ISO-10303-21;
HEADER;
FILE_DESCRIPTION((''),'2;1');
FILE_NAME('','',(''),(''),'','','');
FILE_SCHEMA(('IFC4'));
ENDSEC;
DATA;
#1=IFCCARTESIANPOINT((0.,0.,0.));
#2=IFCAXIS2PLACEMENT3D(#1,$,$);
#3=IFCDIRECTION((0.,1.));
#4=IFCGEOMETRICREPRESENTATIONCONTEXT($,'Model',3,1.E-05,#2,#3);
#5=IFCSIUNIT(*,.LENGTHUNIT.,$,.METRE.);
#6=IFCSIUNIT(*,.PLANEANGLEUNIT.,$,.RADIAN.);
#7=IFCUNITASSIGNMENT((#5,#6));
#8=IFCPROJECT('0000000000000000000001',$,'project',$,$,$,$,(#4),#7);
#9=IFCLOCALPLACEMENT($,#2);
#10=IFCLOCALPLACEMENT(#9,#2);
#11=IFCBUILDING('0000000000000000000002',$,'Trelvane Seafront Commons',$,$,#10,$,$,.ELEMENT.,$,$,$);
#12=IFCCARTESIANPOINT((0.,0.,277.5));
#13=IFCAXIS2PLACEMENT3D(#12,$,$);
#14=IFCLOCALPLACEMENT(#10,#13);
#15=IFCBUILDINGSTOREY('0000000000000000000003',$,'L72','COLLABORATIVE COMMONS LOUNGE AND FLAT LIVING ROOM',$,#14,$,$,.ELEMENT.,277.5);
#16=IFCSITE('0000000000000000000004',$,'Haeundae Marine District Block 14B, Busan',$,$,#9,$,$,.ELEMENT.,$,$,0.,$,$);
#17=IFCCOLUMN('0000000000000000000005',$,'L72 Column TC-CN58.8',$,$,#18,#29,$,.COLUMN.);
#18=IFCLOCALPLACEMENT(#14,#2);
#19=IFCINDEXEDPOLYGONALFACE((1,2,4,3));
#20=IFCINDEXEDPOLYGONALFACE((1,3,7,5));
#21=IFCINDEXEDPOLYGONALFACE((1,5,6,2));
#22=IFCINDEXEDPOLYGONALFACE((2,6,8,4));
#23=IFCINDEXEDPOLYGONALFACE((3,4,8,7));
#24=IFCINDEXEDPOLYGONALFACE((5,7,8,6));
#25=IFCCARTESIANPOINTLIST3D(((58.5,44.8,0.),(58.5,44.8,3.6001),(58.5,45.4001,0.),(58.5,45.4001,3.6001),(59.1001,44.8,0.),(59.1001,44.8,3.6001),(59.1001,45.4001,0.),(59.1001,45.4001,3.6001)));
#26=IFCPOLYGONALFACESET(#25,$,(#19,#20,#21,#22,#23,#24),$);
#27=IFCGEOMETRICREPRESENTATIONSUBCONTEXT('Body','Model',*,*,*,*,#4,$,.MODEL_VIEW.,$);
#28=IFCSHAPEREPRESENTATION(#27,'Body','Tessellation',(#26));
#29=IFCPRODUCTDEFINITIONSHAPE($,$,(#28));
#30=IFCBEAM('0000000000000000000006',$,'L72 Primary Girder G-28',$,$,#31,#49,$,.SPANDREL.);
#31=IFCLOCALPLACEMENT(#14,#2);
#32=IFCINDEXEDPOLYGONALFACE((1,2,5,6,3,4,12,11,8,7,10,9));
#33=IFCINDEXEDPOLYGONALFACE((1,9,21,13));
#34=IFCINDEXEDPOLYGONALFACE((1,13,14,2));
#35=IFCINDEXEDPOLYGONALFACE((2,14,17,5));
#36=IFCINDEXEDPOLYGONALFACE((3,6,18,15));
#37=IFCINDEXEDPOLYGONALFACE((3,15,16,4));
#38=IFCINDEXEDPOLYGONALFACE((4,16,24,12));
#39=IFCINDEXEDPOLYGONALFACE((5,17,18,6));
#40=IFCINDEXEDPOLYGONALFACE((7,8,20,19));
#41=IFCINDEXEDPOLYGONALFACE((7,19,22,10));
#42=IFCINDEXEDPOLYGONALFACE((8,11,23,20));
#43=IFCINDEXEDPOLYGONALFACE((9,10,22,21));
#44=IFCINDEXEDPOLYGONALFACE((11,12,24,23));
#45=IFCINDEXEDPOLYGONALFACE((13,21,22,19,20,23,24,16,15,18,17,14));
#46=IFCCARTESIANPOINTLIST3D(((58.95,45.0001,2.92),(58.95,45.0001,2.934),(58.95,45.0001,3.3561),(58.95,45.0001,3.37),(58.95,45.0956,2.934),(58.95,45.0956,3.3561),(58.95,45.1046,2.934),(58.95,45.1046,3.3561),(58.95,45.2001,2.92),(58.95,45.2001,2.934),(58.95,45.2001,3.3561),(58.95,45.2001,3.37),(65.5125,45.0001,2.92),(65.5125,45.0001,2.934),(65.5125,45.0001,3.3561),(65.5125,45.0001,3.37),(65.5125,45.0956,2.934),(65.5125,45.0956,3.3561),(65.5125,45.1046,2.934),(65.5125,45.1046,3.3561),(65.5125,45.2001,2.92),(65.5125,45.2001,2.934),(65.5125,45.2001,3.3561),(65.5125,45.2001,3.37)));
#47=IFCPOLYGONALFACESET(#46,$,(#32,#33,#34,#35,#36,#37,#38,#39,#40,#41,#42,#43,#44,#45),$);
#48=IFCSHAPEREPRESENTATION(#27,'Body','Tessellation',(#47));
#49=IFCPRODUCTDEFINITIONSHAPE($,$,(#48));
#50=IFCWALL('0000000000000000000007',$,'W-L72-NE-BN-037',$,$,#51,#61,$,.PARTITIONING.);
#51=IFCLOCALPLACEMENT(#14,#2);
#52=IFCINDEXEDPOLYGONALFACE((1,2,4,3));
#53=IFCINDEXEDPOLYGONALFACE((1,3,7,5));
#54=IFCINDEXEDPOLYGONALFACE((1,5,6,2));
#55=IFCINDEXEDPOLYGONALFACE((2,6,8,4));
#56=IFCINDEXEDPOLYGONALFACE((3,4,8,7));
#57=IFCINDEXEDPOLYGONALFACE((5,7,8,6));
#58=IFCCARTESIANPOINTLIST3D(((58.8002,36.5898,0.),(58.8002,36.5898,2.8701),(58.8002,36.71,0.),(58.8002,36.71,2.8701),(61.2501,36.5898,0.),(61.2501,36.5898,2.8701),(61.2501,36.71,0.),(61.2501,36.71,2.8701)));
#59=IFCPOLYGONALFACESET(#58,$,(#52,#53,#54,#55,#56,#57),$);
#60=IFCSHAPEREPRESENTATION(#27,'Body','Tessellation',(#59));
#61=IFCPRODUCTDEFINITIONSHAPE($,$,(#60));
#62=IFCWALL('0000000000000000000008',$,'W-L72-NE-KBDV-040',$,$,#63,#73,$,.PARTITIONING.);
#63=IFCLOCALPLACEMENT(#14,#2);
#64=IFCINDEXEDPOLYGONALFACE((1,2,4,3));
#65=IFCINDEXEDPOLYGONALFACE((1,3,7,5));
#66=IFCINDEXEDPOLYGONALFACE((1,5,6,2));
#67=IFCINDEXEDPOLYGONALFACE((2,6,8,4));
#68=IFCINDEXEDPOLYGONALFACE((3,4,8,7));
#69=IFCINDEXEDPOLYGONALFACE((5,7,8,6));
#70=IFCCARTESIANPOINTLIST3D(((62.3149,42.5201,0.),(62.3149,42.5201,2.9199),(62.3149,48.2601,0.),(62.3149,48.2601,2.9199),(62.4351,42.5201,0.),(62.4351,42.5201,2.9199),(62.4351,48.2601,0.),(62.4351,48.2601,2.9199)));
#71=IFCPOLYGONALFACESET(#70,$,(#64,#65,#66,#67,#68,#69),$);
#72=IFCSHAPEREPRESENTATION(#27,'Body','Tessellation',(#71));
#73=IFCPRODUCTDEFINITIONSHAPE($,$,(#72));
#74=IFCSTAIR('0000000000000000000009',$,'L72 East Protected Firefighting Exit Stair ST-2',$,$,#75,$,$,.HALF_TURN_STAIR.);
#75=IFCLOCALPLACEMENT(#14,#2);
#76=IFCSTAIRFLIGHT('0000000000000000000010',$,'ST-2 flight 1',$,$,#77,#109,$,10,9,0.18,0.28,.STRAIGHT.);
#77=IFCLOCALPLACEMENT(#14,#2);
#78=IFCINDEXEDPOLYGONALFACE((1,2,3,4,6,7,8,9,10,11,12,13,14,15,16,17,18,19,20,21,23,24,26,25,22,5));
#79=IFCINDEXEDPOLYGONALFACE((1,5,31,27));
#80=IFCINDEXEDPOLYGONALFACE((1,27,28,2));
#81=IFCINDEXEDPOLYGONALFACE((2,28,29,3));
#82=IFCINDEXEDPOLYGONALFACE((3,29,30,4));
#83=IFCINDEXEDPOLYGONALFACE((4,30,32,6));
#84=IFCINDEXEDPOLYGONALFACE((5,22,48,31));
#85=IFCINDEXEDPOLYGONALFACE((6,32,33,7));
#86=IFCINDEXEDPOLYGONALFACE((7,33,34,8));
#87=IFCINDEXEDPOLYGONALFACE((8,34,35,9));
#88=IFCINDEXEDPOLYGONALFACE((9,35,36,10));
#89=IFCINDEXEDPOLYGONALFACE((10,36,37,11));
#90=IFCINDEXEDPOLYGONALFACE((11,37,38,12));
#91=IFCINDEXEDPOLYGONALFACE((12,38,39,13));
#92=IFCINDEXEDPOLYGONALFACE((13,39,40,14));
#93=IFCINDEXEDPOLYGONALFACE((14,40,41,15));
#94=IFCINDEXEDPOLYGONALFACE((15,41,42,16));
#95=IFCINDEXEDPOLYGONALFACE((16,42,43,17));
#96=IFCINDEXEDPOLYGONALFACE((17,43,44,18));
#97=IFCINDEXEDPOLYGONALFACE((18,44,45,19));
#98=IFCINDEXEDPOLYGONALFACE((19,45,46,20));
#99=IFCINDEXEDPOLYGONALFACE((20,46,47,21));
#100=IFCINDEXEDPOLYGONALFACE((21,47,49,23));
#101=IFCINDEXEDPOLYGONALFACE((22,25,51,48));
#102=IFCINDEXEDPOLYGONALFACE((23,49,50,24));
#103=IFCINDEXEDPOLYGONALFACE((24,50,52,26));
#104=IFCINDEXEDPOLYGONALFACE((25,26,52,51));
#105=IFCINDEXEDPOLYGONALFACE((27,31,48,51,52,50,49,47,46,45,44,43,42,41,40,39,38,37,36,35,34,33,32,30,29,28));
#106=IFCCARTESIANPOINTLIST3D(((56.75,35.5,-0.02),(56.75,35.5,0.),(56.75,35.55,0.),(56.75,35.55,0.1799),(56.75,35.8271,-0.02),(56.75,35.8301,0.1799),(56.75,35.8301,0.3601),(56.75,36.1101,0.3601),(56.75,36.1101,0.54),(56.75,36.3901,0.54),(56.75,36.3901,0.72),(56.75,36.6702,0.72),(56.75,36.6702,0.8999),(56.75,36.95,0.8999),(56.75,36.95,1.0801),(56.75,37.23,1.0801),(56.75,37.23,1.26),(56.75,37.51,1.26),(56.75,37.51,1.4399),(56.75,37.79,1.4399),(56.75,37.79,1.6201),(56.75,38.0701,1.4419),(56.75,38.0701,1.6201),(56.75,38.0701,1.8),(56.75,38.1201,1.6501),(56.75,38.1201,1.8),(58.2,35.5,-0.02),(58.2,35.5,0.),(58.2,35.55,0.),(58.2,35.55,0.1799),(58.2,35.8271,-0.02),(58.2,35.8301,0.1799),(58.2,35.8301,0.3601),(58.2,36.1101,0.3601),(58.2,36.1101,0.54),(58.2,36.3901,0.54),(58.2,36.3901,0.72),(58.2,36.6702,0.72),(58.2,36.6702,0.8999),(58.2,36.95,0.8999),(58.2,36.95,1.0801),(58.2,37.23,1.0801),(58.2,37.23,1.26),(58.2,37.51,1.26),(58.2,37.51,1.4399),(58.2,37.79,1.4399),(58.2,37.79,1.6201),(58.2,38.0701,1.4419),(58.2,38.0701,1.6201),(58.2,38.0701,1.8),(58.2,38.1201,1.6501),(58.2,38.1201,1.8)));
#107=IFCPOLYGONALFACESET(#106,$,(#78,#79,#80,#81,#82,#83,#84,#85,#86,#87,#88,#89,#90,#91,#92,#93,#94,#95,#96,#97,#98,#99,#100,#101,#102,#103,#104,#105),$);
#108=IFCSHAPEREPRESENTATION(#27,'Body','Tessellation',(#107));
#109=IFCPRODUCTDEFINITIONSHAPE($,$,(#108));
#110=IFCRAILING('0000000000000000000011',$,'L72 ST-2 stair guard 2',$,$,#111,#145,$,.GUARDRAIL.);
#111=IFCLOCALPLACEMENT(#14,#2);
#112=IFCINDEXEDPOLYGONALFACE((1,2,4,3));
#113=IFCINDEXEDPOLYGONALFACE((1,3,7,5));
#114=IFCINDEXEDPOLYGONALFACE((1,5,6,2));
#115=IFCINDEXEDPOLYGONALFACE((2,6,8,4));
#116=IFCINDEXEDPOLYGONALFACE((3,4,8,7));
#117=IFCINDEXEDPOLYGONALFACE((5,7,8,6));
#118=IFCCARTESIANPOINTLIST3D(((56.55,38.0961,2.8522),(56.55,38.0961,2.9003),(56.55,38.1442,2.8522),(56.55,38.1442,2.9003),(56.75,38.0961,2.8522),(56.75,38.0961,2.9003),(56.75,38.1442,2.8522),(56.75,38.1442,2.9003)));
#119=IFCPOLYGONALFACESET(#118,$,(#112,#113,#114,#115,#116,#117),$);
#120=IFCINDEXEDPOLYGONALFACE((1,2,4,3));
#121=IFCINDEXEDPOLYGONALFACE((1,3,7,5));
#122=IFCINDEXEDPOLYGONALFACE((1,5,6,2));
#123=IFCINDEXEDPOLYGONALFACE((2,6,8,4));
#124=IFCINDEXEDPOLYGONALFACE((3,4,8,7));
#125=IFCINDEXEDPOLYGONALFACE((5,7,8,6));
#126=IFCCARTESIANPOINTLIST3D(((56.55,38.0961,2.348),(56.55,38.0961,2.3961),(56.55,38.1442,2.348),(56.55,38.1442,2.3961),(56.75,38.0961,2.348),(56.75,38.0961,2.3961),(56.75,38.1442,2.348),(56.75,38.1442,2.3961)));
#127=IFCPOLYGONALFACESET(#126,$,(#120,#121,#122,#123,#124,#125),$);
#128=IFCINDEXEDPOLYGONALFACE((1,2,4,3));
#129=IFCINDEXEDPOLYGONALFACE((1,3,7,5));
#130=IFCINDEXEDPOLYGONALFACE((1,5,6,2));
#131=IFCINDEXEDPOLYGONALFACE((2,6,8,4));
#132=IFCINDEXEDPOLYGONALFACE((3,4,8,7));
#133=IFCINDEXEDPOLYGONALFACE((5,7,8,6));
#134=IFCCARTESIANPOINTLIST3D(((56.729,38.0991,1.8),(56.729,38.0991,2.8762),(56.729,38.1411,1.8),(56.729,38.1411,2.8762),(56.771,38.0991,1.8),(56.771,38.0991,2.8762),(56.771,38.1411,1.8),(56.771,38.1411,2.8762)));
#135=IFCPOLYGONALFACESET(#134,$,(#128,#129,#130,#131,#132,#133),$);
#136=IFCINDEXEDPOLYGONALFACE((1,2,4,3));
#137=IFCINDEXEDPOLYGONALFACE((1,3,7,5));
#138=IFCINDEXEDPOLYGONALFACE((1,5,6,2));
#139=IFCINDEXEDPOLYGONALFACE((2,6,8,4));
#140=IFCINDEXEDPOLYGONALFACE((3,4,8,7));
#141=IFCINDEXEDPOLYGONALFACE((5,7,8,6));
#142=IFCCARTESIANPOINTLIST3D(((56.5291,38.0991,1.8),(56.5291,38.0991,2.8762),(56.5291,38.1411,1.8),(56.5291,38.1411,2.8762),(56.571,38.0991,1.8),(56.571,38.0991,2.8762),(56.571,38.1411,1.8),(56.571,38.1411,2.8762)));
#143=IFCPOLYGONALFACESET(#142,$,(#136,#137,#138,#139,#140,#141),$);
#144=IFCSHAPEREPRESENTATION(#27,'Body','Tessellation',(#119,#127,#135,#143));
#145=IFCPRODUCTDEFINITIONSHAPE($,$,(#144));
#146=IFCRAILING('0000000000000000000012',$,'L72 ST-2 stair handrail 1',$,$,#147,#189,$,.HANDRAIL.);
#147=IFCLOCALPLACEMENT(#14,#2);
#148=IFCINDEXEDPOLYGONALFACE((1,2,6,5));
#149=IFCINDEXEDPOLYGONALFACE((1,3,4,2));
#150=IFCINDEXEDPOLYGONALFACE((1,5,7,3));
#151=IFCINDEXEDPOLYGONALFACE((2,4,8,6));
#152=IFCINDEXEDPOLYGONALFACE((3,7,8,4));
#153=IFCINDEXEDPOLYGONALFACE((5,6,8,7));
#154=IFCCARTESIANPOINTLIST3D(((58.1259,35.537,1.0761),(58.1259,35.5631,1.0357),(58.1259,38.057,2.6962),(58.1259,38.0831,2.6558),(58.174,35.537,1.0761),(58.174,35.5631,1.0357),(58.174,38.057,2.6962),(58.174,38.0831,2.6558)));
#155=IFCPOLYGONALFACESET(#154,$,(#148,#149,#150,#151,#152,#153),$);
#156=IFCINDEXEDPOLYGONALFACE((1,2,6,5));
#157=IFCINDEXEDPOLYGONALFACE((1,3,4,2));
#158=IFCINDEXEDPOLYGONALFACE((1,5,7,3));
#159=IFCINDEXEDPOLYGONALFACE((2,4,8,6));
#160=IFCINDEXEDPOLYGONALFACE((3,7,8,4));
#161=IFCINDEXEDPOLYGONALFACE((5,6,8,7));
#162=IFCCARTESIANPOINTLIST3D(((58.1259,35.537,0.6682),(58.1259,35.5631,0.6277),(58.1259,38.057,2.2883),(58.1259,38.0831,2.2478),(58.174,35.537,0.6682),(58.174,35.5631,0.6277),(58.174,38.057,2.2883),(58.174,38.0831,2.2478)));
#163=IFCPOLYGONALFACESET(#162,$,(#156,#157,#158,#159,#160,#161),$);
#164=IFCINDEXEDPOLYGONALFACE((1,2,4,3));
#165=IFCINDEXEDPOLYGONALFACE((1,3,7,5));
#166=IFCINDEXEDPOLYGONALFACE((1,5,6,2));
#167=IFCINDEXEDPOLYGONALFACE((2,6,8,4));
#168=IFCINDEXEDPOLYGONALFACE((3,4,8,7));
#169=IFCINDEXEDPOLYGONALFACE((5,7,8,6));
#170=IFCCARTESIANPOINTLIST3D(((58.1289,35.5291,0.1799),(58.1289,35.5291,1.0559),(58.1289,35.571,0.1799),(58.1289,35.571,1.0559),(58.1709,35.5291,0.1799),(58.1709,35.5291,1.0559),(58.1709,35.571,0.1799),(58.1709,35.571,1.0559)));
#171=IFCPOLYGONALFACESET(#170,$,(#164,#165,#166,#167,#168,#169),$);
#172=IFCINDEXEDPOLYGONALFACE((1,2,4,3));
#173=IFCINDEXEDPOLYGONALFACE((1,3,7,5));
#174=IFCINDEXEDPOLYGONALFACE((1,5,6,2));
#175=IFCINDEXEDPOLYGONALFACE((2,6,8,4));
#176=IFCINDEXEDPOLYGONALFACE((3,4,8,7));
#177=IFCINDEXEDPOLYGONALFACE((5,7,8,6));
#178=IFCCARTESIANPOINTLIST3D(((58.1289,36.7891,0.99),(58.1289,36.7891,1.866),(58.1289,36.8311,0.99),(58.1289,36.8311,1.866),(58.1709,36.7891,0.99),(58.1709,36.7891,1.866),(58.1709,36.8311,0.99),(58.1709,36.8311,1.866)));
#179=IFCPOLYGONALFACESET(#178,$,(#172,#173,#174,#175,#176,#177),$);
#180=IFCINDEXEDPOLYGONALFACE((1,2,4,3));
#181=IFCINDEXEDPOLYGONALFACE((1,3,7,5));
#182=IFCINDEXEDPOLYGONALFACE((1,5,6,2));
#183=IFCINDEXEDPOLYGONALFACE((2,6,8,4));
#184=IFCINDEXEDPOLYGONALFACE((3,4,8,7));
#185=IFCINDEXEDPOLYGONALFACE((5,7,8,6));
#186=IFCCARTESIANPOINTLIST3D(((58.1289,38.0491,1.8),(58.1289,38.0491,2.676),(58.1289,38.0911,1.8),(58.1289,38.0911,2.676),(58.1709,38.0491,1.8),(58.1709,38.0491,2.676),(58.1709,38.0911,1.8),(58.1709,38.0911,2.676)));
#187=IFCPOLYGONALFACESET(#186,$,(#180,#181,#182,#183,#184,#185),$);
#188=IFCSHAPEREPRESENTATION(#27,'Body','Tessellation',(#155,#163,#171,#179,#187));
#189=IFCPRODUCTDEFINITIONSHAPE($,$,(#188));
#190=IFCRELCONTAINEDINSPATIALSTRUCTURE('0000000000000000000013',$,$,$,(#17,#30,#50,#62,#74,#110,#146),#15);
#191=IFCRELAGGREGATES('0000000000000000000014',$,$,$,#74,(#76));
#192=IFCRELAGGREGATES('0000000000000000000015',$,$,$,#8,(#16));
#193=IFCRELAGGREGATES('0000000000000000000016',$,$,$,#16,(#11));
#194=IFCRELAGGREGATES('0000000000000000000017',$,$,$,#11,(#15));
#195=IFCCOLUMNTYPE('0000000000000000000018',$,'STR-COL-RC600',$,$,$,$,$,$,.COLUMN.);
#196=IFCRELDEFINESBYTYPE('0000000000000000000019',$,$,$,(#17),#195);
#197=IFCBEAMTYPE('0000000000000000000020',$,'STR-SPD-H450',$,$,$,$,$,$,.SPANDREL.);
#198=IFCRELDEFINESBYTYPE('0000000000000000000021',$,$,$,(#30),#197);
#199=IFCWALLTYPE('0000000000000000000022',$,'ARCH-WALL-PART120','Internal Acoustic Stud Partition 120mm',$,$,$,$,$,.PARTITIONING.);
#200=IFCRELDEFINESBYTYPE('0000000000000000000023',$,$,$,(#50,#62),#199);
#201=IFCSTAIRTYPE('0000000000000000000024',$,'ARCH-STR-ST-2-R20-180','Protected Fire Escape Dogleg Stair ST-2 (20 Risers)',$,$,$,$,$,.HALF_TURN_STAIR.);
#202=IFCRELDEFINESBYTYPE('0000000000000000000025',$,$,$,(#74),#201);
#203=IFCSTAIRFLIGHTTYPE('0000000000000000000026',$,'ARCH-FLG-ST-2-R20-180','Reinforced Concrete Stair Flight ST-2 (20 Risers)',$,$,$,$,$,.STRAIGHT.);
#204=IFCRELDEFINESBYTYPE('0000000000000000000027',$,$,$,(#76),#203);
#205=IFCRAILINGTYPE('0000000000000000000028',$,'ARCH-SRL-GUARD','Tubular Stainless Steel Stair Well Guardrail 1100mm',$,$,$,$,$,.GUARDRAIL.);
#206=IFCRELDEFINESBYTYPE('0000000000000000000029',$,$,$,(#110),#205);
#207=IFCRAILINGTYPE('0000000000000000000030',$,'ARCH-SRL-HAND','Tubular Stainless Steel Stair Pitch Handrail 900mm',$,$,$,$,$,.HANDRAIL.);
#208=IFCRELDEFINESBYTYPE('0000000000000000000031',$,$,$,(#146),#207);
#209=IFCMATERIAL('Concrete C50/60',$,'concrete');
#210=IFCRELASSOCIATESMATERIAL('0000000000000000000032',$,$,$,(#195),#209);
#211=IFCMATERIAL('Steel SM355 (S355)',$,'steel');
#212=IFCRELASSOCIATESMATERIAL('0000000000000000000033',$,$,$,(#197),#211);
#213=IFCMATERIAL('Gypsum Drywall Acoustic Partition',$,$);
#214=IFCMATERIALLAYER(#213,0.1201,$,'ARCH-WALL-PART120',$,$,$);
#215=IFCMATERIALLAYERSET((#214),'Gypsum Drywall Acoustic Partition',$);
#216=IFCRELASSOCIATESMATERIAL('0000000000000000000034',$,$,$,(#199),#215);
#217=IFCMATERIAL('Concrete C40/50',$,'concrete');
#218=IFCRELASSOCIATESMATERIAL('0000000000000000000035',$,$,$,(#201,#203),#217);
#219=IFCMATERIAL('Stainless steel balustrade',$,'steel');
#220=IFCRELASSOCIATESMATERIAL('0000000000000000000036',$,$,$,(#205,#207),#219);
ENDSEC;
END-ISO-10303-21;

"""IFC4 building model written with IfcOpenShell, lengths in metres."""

from ifc_helpers import new_model, si_unit, direction, frame, frame_2d, origin, origin_2d, place, context, subcontext, project, spatial, polyline, rectangle, i_section, outline, extrude, source, transform, mapped, material, layer, layer_set, material_profile, profile_set, type_object, element, aggregate, save


model = new_model("IFC4")

# Units and contexts
model_context = context("Model", 3, precision=1e-05, world=origin(), true_north=direction((0.0, 1.0)))
body_context = subcontext(model_context, "Body", "Model", "MODEL_VIEW")
ifc_project = project(units=[si_unit("LENGTHUNIT", "METRE"), si_unit("PLANEANGLEUNIT", "RADIAN")], contexts=[model_context])

# Site, building, storey
site_placement = place(None, origin())
site = spatial("IfcSite", under=ifc_project, at=site_placement, Name="Haeundae Marine District Block 14B, Busan", CompositionType="ELEMENT", RefElevation=0.0)
building_placement = place(site_placement, origin())
building = spatial("IfcBuilding", under=site, at=building_placement, Name="Trelvane Seafront Commons", CompositionType="ELEMENT")
storey_placement = place(building_placement, frame((0.0, 0.0, 277.5)))
storey = spatial("IfcBuildingStorey", under=building, at=storey_placement, Name="L72", Description="COLLABORATIVE COMMONS LOUNGE AND FLAT LIVING ROOM", CompositionType="ELEMENT", Elevation=277.5)

# Column
ifc_material_1 = material(Name="Concrete C50/60", Category="concrete")
ifc_material_profile_1 = material_profile(ifc_material_1, rectangle(XDim=0.6001, YDim=0.6001, at=origin_2d()), Name="RC-600x600")
ifc_profile_set_1 = profile_set([ifc_material_profile_1], Name="Concrete C50/60")
column_type = type_object("IfcColumnType", Name="STR-COL-RC600", PredefinedType="COLUMN", material=ifc_profile_set_1)
shared_shape_1 = source(origin(), body_context, "Body", "SweptSolid", [
    extrude(rectangle(XDim=0.6001, YDim=0.6001, at=origin_2d()), origin(), (0.0, 0.0, 1.0), 3.6001),
])
column_placement = place(storey_placement, frame((58.8, 45.1001, 0.0), z_axis=(0.0, 0.0, 1.0), x_axis=(1.0, 0.0, 0.0)))
element("IfcColumn", 1, at=column_placement, inside=storey, type_object=column_type, Name="L72 Column TC-CN58.8", PredefinedType="COLUMN", context=body_context, shape_type="MappedRepresentation", body=[
    mapped(shared_shape_1, transform((0.0, 0.0, 0.0), x_axis=(1.0, 0.0, 0.0), y_axis=(0.0, 1.0, 0.0), z_axis=(0.0, 0.0, 1.0), scale=1.0)),
])

# Beam
ifc_material_2 = material(Name="Steel SM355 (S355)", Category="steel")
ifc_material_profile_2 = material_profile(ifc_material_2, i_section(OverallWidth=0.2, OverallDepth=0.45, WebThickness=0.009, FlangeThickness=0.0139, at=origin_2d()), Name="H-450x200x9x14")
ifc_profile_set_2 = profile_set([ifc_material_profile_2], Name="Steel SM355 (S355)")
beam_type = type_object("IfcBeamType", Name="STR-SPD-H450", PredefinedType="SPANDREL", material=ifc_profile_set_2)
shared_shape_2 = source(origin(), body_context, "Body", "SweptSolid", [
    extrude(i_section(OverallWidth=0.2, OverallDepth=0.45, WebThickness=0.009, FlangeThickness=0.0139, at=origin_2d()), origin(), (0.0, 0.0, 1.0), 6.5625),
])
beam_placement = place(storey_placement, frame((58.95, 45.1001, 3.145), z_axis=(1.0, 0.0, 0.0), x_axis=(0.0, 1.0, 0.0)))
element("IfcBeam", 2, at=beam_placement, inside=storey, type_object=beam_type, Name="L72 Primary Girder G-28", PredefinedType="SPANDREL", context=body_context, shape_type="MappedRepresentation", body=[
    mapped(shared_shape_2, transform((0.0, 0.0, 0.0), x_axis=(1.0, 0.0, 0.0), y_axis=(0.0, 1.0, 0.0), z_axis=(0.0, 0.0, 1.0), scale=1.0)),
])

# Wall
ifc_material_3 = material(Name="Gypsum Drywall Acoustic Partition")
ifc_layer_1 = layer(ifc_material_3, 0.1201, Name="ARCH-WALL-PART120")
ifc_layer_set_1 = layer_set([ifc_layer_1], Name="Gypsum Drywall Acoustic Partition")
wall_type_1 = type_object("IfcWallType", Name="ARCH-WALL-PART120", Description="Internal Acoustic Stud Partition 120mm", PredefinedType="PARTITIONING", material=ifc_layer_set_1)
wall_1_placement = place(storey_placement, frame((58.8, 36.6499, 0.0), z_axis=(0.0, 0.0, 1.0), x_axis=(1.0, 0.0, 0.0)))
element("IfcWall", 3, at=wall_1_placement, inside=storey, type_object=wall_type_1, Name="W-L72-NE-BN-037", PredefinedType="PARTITIONING", context=body_context, shape_type="SweptSolid", body=[
    extrude(rectangle(XDim=2.45, YDim=0.1201, at=frame_2d((1.2251, 0.0))), origin(), (0.0, 0.0, 1.0), 2.8701),
])

# Wall
wall_2_placement = place(storey_placement, frame((62.375, 42.52, 0.0), z_axis=(0.0, 0.0, 1.0), x_axis=(0.0, 1.0, 0.0)))
element("IfcWall", 4, at=wall_2_placement, inside=storey, type_object=wall_type_1, Name="W-L72-NE-KBDV-040", PredefinedType="PARTITIONING", context=body_context, shape_type="SweptSolid", body=[
    extrude(rectangle(XDim=5.74, YDim=0.1201, at=frame_2d((2.8701, 0.0))), origin(), (0.0, 0.0, 1.0), 2.9199),
])

# Stair, stair flight
ifc_material_4 = material(Name="Concrete C40/50", Category="concrete")
stair_type = type_object("IfcStairType", Name="ARCH-STR-ST-2-R20-180", Description="Protected Fire Escape Dogleg Stair ST-2 (20 Risers)", PredefinedType="HALF_TURN_STAIR", material=ifc_material_4)
stair_placement = place(storey_placement, origin())
stair = element("IfcStair", 5, at=stair_placement, inside=storey, type_object=stair_type, Name="L72 East Protected Firefighting Exit Stair ST-2", PredefinedType="HALF_TURN_STAIR")
stair_flight_type = type_object("IfcStairFlightType", Name="ARCH-FLG-ST-2-R20-180", Description="Reinforced Concrete Stair Flight ST-2 (20 Risers)", PredefinedType="STRAIGHT", material=ifc_material_4)
shared_shape_3 = source(origin(), body_context, "Body", "SweptSolid", [
    extrude(outline(polyline([(-0.05, -0.02), (-0.05, 0.0), (0.0, 0.0), (0.0, 0.1799), (0.28, 0.1799), (0.28, 0.3601), (0.5601, 0.3601), (0.5601, 0.54), (0.8401, 0.54), (0.8401, 0.72), (1.1201, 0.72), (1.1201, 0.8999), (1.3999, 0.8999), (1.3999, 1.0801), (1.6799, 1.0801), (1.6799, 1.26), (1.96, 1.26), (1.96, 1.4399), (2.24, 1.4399), (2.24, 1.6201), (2.52, 1.6201), (2.52, 1.8), (2.5701, 1.8), (2.5701, 1.6501), (2.52, 1.4419), (0.2771, -0.02), (-0.05, -0.02)])), frame((0.0, 0.7251, 0.0), z_axis=(0.0, -1.0, 0.0), x_axis=(1.0, 0.0, 0.0)), (0.0, 0.0, 1.0), 1.45),
])
stair_flight_placement = place(storey_placement, frame((57.4751, 35.55, 0.0), z_axis=(0.0, 0.0, 1.0), x_axis=(0.0, 1.0, 0.0)))
stair_flight = element("IfcStairFlight", 6, at=stair_flight_placement, type_object=stair_flight_type, Name="ST-2 flight 1", NumberOfRisers=10, NumberOfTreads=9, PredefinedType="STRAIGHT", RiserHeight=0.18, TreadLength=0.28, context=body_context, shape_type="MappedRepresentation", body=[
    mapped(shared_shape_3, transform((0.0, 0.0, 0.0), x_axis=(1.0, 0.0, 0.0), y_axis=(0.0, 1.0, 0.0), z_axis=(0.0, 0.0, 1.0), scale=1.0)),
])
aggregate(stair, [stair_flight])

# Railings
ifc_material_5 = material(Name="Stainless steel balustrade", Category="steel")
railing_type_1 = type_object("IfcRailingType", Name="ARCH-SRL-GUARD", Description="Tubular Stainless Steel Stair Well Guardrail 1100mm", PredefinedType="GUARDRAIL", material=ifc_material_5)
railing_1_placement = place(storey_placement, frame((56.75, 38.1201, 1.8)))
element("IfcRailing", 7, at=railing_1_placement, inside=storey, type_object=railing_type_1, Name="L72 ST-2 stair guard 2", PredefinedType="GUARDRAIL", context=body_context, shape_type="SweptSolid", body=[
    extrude(rectangle(XDim=0.0481, YDim=0.0481, at=origin_2d()), frame((0.0, 0.0, 1.0762), z_axis=(-1.0, 0.0, 0.0), x_axis=(0.0, -1.0, 0.0)), (0.0, 0.0, 1.0), 0.2),
    extrude(rectangle(XDim=0.0481, YDim=0.0481, at=origin_2d()), frame((0.0, 0.0, 0.572), z_axis=(-1.0, 0.0, 0.0), x_axis=(0.0, -1.0, 0.0)), (0.0, 0.0, 1.0), 0.2),
    extrude(rectangle(XDim=0.042, YDim=0.042, at=origin_2d()), origin(), (0.0, 0.0, 1.0), 1.0762),
    extrude(rectangle(XDim=0.042, YDim=0.042, at=origin_2d()), frame((-0.2, 0.0, 0.0)), (0.0, 0.0, 1.0), 1.0762),
])
railing_type_2 = type_object("IfcRailingType", Name="ARCH-SRL-HAND", Description="Tubular Stainless Steel Stair Pitch Handrail 900mm", PredefinedType="HANDRAIL", material=ifc_material_5)
railing_2_placement = place(storey_placement, frame((58.1499, 35.55, 0.1799)))
element("IfcRailing", 8, at=railing_2_placement, inside=storey, type_object=railing_type_2, Name="L72 ST-2 stair handrail 1", PredefinedType="HANDRAIL", context=body_context, shape_type="SweptSolid", body=[
    extrude(rectangle(XDim=0.0481, YDim=0.0481, at=origin_2d()), frame((0.0, 0.0, 0.876), z_axis=(0.0, 0.841163, 0.540782), x_axis=(-1.0, 0.0, 0.0)), (0.0, 0.0, 1.0), 2.9958),
    extrude(rectangle(XDim=0.0481, YDim=0.0481, at=origin_2d()), frame((0.0, 0.0, 0.468), z_axis=(0.0, 0.841163, 0.540782), x_axis=(-1.0, 0.0, 0.0)), (0.0, 0.0, 1.0), 2.9958),
    extrude(rectangle(XDim=0.042, YDim=0.042, at=origin_2d()), origin(), (0.0, 0.0, 1.0), 0.876),
    extrude(rectangle(XDim=0.042, YDim=0.042, at=origin_2d()), frame((0.0, 1.26, 0.8101)), (0.0, 0.0, 1.0), 0.876),
    extrude(rectangle(XDim=0.042, YDim=0.042, at=origin_2d()), frame((0.0, 2.52, 1.6201)), (0.0, 0.0, 1.0), 0.876),
])

save(model, "model.ifc")
